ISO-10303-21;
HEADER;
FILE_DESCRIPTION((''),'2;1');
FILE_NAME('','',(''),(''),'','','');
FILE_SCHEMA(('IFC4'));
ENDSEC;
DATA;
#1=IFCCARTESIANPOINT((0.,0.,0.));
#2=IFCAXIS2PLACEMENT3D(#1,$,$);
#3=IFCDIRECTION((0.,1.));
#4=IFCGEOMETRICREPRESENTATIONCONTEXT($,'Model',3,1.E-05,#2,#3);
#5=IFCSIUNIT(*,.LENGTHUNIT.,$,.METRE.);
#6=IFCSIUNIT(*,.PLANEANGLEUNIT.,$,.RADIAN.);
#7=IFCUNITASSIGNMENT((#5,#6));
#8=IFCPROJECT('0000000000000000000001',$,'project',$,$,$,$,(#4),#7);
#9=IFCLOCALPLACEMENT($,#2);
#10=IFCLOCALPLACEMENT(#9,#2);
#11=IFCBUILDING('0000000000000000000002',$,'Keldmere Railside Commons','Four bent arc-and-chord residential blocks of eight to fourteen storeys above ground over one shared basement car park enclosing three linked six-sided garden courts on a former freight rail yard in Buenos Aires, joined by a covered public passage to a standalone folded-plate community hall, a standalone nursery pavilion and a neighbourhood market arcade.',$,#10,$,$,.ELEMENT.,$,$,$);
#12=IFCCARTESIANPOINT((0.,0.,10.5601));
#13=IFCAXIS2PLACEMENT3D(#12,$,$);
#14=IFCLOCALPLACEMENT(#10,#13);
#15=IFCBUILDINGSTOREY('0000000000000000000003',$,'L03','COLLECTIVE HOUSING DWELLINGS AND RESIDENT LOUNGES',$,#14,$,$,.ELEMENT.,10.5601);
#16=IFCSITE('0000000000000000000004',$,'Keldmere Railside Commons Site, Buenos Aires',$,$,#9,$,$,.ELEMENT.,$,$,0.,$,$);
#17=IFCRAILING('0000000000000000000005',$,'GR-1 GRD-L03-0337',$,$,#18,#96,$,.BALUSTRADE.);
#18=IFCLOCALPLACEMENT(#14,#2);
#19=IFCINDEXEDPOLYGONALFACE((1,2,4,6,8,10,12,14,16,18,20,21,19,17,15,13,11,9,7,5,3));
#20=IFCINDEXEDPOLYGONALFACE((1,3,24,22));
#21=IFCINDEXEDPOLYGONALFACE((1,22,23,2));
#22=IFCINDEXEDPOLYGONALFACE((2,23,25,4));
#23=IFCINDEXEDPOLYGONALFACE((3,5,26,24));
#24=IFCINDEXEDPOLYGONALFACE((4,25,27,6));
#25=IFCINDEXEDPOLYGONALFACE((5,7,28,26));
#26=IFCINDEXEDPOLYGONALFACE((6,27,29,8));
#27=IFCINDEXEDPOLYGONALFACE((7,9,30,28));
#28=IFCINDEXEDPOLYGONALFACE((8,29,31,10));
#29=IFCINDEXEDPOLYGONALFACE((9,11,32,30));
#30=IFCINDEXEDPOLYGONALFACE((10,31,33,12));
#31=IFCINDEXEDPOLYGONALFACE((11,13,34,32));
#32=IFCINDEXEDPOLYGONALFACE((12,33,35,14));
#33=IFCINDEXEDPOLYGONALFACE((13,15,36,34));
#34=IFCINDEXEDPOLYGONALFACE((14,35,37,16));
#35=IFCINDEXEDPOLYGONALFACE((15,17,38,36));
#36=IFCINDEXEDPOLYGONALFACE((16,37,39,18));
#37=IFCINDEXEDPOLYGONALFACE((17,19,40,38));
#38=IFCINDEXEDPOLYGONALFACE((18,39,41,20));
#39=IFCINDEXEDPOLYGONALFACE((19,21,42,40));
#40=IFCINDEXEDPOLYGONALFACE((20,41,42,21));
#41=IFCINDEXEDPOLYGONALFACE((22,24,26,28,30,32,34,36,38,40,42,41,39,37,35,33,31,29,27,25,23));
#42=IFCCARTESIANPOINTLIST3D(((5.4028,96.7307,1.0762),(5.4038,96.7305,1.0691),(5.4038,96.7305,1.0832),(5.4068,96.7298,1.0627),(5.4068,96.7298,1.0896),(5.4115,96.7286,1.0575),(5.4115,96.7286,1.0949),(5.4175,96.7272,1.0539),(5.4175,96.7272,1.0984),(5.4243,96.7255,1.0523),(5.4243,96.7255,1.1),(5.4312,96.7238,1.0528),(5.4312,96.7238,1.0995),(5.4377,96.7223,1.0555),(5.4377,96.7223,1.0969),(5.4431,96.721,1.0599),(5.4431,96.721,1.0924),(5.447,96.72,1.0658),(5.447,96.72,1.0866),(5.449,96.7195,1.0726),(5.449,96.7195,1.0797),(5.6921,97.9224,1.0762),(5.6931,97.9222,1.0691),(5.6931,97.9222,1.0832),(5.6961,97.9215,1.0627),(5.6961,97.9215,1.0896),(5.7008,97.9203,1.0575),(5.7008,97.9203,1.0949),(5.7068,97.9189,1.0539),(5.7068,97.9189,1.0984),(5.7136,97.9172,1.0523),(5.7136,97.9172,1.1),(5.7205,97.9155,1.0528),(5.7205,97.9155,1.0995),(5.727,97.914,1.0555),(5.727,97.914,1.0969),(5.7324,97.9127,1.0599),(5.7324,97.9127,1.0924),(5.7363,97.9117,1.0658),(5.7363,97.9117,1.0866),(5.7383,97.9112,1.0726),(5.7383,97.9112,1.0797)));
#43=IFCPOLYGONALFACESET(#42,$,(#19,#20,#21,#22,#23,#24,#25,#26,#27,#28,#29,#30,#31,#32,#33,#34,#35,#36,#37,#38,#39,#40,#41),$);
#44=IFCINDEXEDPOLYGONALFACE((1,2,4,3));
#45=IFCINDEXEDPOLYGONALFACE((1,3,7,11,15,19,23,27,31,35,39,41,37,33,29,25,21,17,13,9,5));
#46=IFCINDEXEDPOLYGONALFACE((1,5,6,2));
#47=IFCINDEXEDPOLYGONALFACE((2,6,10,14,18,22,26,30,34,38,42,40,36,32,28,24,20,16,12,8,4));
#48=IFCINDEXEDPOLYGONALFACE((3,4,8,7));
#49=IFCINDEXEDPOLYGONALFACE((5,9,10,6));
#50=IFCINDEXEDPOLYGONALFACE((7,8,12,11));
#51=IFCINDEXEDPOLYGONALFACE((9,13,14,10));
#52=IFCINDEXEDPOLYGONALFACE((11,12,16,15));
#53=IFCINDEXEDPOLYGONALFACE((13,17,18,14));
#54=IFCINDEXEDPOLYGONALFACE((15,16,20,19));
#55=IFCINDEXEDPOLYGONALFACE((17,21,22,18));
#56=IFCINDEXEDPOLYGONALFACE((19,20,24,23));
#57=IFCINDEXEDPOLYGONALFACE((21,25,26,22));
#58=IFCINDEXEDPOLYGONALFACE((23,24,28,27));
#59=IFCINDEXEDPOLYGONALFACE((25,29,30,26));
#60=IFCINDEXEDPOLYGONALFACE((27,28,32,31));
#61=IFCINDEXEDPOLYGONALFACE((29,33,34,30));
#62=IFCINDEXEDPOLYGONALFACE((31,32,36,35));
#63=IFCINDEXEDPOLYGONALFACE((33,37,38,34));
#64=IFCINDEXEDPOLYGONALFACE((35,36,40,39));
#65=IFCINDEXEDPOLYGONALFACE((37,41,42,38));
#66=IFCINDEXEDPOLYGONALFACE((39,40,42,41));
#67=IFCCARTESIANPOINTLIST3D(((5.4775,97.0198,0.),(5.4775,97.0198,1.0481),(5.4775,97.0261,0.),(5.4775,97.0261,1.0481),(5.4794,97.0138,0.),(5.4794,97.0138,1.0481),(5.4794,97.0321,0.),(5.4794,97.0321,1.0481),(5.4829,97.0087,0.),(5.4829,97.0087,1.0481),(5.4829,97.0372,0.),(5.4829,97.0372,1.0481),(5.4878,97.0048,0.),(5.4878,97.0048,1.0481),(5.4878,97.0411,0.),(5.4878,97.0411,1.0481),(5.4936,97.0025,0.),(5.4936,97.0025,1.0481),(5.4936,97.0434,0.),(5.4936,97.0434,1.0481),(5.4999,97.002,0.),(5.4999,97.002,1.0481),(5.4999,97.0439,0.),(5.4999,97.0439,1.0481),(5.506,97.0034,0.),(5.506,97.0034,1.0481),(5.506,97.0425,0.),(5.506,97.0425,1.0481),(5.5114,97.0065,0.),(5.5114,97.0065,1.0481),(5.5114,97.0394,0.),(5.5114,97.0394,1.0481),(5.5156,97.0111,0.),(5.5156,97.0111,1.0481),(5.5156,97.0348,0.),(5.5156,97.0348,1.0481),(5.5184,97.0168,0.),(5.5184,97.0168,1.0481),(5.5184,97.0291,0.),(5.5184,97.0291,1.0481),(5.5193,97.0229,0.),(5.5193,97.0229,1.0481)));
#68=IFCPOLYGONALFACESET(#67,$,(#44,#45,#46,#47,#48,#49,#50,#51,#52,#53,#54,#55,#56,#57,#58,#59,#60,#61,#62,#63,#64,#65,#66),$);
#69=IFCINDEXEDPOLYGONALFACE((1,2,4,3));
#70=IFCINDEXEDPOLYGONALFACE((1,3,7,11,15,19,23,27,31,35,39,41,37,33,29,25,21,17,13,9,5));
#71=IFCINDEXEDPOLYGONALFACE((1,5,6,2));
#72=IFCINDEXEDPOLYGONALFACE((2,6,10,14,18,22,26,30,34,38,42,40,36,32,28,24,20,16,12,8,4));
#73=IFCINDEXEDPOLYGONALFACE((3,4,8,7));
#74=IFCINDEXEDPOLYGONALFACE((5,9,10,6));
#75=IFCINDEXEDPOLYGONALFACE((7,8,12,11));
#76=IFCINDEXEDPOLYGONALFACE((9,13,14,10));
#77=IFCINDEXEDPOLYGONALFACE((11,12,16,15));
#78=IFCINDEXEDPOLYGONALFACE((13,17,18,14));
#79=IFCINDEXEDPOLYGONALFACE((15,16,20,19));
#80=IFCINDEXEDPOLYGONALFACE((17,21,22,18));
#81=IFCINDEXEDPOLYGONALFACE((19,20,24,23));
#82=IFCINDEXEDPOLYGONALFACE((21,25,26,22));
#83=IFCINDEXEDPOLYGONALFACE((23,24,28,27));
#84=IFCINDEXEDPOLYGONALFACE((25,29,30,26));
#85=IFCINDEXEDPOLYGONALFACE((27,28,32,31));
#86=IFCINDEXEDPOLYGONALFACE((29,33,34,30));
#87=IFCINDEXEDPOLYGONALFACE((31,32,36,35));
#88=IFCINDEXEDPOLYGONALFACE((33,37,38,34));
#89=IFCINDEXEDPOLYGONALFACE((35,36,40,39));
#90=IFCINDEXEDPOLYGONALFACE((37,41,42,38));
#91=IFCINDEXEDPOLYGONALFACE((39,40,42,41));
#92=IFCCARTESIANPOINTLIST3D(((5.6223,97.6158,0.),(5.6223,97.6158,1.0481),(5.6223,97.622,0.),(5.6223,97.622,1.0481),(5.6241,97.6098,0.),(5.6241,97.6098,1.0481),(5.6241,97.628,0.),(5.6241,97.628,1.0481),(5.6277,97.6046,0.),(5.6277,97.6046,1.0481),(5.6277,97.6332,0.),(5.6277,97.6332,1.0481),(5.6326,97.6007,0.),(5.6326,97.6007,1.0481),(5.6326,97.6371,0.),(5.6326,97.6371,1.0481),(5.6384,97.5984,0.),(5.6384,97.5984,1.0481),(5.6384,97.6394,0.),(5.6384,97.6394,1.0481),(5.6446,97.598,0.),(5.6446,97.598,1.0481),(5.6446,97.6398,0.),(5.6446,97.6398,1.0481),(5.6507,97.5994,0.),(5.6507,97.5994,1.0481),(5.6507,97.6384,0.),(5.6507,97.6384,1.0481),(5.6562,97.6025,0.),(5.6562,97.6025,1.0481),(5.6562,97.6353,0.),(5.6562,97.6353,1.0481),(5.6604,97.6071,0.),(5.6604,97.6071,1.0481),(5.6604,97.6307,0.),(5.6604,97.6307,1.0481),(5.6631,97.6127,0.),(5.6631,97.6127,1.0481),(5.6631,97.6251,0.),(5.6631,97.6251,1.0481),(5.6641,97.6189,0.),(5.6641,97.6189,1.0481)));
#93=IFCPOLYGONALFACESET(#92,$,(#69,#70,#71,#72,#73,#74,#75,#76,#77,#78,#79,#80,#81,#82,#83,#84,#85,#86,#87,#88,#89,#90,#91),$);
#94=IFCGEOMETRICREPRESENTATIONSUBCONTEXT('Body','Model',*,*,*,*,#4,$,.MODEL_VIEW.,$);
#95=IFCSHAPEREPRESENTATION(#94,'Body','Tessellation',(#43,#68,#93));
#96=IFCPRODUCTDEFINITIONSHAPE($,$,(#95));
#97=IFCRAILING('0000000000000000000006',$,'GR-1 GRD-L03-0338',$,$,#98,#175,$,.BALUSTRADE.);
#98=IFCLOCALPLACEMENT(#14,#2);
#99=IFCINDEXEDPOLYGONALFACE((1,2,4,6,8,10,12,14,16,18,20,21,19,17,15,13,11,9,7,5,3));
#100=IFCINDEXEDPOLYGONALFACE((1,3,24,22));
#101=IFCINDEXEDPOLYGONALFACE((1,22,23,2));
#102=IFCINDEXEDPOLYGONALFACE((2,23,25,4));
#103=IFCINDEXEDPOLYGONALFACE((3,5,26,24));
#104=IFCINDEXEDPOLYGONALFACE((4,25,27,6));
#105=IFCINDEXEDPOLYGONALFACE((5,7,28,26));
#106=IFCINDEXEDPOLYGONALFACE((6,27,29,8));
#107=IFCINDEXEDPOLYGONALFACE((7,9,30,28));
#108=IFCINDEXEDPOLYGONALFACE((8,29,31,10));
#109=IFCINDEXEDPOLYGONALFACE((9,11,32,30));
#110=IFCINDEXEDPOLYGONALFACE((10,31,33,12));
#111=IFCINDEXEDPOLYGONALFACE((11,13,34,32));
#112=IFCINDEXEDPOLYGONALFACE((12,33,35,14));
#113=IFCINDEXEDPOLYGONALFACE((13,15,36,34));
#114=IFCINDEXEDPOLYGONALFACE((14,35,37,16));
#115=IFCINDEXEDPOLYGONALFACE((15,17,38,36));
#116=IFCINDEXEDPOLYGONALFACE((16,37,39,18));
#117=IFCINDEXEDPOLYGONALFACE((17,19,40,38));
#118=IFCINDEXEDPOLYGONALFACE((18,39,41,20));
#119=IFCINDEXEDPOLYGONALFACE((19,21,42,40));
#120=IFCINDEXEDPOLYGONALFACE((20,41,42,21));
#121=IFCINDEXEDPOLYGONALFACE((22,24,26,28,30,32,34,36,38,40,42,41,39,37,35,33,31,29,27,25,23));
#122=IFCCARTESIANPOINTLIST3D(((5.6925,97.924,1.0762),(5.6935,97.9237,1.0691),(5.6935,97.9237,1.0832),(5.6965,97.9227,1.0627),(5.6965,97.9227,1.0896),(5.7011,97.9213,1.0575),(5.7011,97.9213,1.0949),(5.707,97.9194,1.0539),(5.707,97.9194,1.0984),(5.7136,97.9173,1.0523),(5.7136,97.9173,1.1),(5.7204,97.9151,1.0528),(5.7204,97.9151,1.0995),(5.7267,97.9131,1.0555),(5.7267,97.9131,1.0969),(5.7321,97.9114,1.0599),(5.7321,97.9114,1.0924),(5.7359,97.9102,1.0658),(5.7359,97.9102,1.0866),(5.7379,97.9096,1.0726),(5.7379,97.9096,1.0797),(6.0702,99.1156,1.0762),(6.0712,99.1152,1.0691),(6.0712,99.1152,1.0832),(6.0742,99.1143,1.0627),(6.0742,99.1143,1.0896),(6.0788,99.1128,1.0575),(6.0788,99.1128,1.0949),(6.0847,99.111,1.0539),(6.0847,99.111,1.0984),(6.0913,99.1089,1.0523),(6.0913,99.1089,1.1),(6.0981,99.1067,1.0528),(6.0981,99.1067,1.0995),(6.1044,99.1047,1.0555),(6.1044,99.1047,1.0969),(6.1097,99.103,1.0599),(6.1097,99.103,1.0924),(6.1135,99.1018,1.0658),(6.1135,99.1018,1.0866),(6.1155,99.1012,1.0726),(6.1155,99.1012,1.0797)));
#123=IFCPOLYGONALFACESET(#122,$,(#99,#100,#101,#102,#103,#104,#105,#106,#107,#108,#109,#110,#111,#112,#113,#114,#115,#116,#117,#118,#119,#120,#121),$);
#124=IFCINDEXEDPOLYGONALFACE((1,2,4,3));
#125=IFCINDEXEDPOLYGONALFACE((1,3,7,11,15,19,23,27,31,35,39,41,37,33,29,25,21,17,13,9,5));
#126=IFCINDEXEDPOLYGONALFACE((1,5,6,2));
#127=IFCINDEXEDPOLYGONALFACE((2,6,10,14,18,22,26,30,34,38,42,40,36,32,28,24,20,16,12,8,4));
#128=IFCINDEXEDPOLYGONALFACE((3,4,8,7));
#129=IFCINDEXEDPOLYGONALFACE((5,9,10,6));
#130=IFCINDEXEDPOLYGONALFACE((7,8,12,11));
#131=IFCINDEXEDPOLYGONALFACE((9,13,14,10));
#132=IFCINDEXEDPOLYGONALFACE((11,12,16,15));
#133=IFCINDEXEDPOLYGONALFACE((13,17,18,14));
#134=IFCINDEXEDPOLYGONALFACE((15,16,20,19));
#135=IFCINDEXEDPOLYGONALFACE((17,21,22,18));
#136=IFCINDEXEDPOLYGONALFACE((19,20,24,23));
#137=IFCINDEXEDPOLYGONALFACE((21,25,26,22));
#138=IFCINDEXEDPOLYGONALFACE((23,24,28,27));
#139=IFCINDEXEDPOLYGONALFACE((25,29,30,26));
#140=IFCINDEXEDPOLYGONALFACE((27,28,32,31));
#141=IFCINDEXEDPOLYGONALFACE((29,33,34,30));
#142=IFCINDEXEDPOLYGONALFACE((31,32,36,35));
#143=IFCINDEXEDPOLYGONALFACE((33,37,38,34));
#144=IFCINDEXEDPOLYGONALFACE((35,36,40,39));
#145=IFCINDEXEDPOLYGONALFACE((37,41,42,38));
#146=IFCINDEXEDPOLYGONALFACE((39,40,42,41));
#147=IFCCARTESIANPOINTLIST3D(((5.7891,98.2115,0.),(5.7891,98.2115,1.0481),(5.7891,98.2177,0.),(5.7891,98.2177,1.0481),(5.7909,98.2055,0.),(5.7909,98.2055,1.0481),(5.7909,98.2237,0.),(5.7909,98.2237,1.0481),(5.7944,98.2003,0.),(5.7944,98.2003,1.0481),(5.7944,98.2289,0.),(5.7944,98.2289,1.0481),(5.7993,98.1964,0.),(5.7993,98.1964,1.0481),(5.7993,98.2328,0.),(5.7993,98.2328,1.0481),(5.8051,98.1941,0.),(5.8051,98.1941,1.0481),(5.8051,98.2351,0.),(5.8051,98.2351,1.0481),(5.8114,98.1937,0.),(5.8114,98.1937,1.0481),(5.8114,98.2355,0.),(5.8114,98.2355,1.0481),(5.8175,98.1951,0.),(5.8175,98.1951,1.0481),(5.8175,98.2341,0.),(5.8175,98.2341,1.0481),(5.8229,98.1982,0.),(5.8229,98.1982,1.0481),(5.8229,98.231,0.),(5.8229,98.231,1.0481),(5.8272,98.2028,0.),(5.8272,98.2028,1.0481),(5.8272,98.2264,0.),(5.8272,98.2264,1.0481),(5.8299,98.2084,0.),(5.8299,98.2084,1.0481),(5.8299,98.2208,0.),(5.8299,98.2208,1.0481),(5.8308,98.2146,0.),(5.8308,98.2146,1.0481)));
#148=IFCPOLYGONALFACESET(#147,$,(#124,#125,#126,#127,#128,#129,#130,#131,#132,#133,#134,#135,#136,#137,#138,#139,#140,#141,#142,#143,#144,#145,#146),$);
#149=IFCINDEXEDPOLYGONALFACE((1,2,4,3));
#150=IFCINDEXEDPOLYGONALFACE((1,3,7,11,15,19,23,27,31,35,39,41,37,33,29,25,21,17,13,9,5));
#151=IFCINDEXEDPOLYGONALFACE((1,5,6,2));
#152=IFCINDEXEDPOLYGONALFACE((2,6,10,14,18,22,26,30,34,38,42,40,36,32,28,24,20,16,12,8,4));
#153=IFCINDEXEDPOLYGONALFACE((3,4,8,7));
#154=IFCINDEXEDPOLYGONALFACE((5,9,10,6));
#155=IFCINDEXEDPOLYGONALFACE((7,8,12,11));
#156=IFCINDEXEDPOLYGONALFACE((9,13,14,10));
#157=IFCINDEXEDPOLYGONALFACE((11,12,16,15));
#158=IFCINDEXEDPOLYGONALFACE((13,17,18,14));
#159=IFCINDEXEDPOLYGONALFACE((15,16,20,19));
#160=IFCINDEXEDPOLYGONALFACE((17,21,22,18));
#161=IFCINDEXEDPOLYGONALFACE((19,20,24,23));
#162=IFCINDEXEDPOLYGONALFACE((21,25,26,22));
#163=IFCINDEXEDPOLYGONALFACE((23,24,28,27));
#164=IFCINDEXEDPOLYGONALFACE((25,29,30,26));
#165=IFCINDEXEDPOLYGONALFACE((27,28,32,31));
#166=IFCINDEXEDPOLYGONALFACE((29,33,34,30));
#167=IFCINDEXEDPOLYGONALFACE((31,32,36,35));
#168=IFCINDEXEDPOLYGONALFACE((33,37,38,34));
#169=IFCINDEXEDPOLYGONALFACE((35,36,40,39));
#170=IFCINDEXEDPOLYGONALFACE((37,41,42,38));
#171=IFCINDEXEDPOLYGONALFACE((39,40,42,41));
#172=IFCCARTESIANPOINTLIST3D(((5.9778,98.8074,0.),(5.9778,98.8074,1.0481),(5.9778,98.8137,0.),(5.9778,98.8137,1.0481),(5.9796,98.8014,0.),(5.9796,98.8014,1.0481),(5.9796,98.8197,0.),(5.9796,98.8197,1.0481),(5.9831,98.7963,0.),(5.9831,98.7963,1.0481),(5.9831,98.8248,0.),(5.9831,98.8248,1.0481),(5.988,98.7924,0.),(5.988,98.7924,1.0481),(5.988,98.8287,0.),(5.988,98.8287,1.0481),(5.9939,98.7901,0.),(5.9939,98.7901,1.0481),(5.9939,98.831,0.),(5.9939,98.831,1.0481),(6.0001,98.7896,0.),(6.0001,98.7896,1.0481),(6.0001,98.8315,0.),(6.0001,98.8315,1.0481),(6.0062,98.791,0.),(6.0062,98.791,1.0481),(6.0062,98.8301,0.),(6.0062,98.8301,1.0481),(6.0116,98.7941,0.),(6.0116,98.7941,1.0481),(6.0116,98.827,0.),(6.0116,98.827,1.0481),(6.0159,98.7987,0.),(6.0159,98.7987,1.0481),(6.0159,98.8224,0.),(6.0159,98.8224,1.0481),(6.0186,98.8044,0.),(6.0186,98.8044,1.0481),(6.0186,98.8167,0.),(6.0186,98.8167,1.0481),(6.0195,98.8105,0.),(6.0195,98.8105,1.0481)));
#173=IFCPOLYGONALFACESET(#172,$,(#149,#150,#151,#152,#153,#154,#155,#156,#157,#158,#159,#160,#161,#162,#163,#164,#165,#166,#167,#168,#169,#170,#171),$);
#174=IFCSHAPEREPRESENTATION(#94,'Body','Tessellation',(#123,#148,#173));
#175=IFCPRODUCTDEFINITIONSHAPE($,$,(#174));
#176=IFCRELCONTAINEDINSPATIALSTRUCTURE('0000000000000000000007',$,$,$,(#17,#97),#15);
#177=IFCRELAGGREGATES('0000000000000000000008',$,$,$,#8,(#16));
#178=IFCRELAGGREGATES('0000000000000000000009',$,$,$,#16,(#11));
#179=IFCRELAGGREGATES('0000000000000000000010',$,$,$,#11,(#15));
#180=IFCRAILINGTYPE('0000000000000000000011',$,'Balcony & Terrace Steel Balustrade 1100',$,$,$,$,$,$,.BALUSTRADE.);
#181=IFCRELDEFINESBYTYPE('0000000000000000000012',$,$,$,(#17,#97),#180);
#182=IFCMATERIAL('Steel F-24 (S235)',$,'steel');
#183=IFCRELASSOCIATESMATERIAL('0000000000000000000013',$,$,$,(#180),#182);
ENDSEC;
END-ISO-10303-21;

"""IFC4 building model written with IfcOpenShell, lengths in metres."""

from ifc_helpers import new_model, si_unit, direction, frame, origin, origin_2d, place, context, subcontext, project, spatial, circle, extrude, material, type_object, element, save


model = new_model("IFC4")

# Units and contexts
model_context = context("Model", 3, precision=1e-05, world=origin(), true_north=direction((0.0, 1.0)))
body_context = subcontext(model_context, "Body", "Model", "MODEL_VIEW")
ifc_project = project(units=[si_unit("LENGTHUNIT", "METRE"), si_unit("PLANEANGLEUNIT", "RADIAN")], contexts=[model_context])

# Site, building, storey
site_placement = place(None, origin())
site = spatial("IfcSite", under=ifc_project, at=site_placement, Name="Keldmere Railside Commons Site, Buenos Aires", CompositionType="ELEMENT", RefElevation=0.0)
building_placement = place(site_placement, origin())
building = spatial("IfcBuilding", under=site, at=building_placement, Name="Keldmere Railside Commons", Description="Four bent arc-and-chord residential blocks of eight to fourteen storeys above ground over one shared basement car park enclosing three linked six-sided garden courts on a former freight rail yard in Buenos Aires, joined by a covered public passage to a standalone folded-plate community hall, a standalone nursery pavilion and a neighbourhood market arcade.", CompositionType="ELEMENT")
storey_placement = place(building_placement, frame((0.0, 0.0, 10.5601)))
storey = spatial("IfcBuildingStorey", under=building, at=storey_placement, Name="L03", Description="COLLECTIVE HOUSING DWELLINGS AND RESIDENT LOUNGES", CompositionType="ELEMENT", Elevation=10.5601)

# Shared definitions
ifc_material_1 = material(Name="Steel F-24 (S235)", Category="steel")

# Railings
railing_type = type_object("IfcRailingType", Name="Balcony & Terrace Steel Balustrade 1100", PredefinedType="BALUSTRADE", material=ifc_material_1)
railing_1_placement = place(storey_placement, frame((5.426, 96.7251, 0.0)))
element("IfcRailing", 1, at=railing_1_placement, inside=storey, type_object=railing_type, Name="GR-1 GRD-L03-0337", PredefinedType="BALUSTRADE", context=body_context, shape_type="SweptSolid", body=[
    extrude(circle(Radius=0.0239, at=origin_2d()), frame((0.0, 0.0, 1.0762), z_axis=(0.235925, 0.971771, 0.0), x_axis=(-0.971771, 0.235925, 0.0)), (0.0, 0.0, 1.0), 1.2263),
    extrude(circle(Radius=0.021, at=origin_2d()), frame((0.0723, 0.2979, 0.0)), (0.0, 0.0, 1.0), 1.0481),
    extrude(circle(Radius=0.021, at=origin_2d()), frame((0.217, 0.8938, 0.0)), (0.0, 0.0, 1.0), 1.0481),
])
railing_2_placement = place(storey_placement, frame((5.7153, 97.9167, 0.0)))
element("IfcRailing", 2, at=railing_2_placement, inside=storey, type_object=railing_type, Name="GR-1 GRD-L03-0338", PredefinedType="BALUSTRADE", context=body_context, shape_type="SweptSolid", body=[
    extrude(circle(Radius=0.0239, at=origin_2d()), frame((0.0, 0.0, 1.0762), z_axis=(0.302131, 0.953266, 0.0), x_axis=(-0.953266, 0.302131, 0.0)), (0.0, 0.0, 1.0), 1.25),
    extrude(circle(Radius=0.021, at=origin_2d()), frame((0.0945, 0.2979, 0.0)), (0.0, 0.0, 1.0), 1.0481),
    extrude(circle(Radius=0.021, at=origin_2d()), frame((0.2832, 0.8938, 0.0)), (0.0, 0.0, 1.0), 1.0481),
])

save(model, "model.ifc")
